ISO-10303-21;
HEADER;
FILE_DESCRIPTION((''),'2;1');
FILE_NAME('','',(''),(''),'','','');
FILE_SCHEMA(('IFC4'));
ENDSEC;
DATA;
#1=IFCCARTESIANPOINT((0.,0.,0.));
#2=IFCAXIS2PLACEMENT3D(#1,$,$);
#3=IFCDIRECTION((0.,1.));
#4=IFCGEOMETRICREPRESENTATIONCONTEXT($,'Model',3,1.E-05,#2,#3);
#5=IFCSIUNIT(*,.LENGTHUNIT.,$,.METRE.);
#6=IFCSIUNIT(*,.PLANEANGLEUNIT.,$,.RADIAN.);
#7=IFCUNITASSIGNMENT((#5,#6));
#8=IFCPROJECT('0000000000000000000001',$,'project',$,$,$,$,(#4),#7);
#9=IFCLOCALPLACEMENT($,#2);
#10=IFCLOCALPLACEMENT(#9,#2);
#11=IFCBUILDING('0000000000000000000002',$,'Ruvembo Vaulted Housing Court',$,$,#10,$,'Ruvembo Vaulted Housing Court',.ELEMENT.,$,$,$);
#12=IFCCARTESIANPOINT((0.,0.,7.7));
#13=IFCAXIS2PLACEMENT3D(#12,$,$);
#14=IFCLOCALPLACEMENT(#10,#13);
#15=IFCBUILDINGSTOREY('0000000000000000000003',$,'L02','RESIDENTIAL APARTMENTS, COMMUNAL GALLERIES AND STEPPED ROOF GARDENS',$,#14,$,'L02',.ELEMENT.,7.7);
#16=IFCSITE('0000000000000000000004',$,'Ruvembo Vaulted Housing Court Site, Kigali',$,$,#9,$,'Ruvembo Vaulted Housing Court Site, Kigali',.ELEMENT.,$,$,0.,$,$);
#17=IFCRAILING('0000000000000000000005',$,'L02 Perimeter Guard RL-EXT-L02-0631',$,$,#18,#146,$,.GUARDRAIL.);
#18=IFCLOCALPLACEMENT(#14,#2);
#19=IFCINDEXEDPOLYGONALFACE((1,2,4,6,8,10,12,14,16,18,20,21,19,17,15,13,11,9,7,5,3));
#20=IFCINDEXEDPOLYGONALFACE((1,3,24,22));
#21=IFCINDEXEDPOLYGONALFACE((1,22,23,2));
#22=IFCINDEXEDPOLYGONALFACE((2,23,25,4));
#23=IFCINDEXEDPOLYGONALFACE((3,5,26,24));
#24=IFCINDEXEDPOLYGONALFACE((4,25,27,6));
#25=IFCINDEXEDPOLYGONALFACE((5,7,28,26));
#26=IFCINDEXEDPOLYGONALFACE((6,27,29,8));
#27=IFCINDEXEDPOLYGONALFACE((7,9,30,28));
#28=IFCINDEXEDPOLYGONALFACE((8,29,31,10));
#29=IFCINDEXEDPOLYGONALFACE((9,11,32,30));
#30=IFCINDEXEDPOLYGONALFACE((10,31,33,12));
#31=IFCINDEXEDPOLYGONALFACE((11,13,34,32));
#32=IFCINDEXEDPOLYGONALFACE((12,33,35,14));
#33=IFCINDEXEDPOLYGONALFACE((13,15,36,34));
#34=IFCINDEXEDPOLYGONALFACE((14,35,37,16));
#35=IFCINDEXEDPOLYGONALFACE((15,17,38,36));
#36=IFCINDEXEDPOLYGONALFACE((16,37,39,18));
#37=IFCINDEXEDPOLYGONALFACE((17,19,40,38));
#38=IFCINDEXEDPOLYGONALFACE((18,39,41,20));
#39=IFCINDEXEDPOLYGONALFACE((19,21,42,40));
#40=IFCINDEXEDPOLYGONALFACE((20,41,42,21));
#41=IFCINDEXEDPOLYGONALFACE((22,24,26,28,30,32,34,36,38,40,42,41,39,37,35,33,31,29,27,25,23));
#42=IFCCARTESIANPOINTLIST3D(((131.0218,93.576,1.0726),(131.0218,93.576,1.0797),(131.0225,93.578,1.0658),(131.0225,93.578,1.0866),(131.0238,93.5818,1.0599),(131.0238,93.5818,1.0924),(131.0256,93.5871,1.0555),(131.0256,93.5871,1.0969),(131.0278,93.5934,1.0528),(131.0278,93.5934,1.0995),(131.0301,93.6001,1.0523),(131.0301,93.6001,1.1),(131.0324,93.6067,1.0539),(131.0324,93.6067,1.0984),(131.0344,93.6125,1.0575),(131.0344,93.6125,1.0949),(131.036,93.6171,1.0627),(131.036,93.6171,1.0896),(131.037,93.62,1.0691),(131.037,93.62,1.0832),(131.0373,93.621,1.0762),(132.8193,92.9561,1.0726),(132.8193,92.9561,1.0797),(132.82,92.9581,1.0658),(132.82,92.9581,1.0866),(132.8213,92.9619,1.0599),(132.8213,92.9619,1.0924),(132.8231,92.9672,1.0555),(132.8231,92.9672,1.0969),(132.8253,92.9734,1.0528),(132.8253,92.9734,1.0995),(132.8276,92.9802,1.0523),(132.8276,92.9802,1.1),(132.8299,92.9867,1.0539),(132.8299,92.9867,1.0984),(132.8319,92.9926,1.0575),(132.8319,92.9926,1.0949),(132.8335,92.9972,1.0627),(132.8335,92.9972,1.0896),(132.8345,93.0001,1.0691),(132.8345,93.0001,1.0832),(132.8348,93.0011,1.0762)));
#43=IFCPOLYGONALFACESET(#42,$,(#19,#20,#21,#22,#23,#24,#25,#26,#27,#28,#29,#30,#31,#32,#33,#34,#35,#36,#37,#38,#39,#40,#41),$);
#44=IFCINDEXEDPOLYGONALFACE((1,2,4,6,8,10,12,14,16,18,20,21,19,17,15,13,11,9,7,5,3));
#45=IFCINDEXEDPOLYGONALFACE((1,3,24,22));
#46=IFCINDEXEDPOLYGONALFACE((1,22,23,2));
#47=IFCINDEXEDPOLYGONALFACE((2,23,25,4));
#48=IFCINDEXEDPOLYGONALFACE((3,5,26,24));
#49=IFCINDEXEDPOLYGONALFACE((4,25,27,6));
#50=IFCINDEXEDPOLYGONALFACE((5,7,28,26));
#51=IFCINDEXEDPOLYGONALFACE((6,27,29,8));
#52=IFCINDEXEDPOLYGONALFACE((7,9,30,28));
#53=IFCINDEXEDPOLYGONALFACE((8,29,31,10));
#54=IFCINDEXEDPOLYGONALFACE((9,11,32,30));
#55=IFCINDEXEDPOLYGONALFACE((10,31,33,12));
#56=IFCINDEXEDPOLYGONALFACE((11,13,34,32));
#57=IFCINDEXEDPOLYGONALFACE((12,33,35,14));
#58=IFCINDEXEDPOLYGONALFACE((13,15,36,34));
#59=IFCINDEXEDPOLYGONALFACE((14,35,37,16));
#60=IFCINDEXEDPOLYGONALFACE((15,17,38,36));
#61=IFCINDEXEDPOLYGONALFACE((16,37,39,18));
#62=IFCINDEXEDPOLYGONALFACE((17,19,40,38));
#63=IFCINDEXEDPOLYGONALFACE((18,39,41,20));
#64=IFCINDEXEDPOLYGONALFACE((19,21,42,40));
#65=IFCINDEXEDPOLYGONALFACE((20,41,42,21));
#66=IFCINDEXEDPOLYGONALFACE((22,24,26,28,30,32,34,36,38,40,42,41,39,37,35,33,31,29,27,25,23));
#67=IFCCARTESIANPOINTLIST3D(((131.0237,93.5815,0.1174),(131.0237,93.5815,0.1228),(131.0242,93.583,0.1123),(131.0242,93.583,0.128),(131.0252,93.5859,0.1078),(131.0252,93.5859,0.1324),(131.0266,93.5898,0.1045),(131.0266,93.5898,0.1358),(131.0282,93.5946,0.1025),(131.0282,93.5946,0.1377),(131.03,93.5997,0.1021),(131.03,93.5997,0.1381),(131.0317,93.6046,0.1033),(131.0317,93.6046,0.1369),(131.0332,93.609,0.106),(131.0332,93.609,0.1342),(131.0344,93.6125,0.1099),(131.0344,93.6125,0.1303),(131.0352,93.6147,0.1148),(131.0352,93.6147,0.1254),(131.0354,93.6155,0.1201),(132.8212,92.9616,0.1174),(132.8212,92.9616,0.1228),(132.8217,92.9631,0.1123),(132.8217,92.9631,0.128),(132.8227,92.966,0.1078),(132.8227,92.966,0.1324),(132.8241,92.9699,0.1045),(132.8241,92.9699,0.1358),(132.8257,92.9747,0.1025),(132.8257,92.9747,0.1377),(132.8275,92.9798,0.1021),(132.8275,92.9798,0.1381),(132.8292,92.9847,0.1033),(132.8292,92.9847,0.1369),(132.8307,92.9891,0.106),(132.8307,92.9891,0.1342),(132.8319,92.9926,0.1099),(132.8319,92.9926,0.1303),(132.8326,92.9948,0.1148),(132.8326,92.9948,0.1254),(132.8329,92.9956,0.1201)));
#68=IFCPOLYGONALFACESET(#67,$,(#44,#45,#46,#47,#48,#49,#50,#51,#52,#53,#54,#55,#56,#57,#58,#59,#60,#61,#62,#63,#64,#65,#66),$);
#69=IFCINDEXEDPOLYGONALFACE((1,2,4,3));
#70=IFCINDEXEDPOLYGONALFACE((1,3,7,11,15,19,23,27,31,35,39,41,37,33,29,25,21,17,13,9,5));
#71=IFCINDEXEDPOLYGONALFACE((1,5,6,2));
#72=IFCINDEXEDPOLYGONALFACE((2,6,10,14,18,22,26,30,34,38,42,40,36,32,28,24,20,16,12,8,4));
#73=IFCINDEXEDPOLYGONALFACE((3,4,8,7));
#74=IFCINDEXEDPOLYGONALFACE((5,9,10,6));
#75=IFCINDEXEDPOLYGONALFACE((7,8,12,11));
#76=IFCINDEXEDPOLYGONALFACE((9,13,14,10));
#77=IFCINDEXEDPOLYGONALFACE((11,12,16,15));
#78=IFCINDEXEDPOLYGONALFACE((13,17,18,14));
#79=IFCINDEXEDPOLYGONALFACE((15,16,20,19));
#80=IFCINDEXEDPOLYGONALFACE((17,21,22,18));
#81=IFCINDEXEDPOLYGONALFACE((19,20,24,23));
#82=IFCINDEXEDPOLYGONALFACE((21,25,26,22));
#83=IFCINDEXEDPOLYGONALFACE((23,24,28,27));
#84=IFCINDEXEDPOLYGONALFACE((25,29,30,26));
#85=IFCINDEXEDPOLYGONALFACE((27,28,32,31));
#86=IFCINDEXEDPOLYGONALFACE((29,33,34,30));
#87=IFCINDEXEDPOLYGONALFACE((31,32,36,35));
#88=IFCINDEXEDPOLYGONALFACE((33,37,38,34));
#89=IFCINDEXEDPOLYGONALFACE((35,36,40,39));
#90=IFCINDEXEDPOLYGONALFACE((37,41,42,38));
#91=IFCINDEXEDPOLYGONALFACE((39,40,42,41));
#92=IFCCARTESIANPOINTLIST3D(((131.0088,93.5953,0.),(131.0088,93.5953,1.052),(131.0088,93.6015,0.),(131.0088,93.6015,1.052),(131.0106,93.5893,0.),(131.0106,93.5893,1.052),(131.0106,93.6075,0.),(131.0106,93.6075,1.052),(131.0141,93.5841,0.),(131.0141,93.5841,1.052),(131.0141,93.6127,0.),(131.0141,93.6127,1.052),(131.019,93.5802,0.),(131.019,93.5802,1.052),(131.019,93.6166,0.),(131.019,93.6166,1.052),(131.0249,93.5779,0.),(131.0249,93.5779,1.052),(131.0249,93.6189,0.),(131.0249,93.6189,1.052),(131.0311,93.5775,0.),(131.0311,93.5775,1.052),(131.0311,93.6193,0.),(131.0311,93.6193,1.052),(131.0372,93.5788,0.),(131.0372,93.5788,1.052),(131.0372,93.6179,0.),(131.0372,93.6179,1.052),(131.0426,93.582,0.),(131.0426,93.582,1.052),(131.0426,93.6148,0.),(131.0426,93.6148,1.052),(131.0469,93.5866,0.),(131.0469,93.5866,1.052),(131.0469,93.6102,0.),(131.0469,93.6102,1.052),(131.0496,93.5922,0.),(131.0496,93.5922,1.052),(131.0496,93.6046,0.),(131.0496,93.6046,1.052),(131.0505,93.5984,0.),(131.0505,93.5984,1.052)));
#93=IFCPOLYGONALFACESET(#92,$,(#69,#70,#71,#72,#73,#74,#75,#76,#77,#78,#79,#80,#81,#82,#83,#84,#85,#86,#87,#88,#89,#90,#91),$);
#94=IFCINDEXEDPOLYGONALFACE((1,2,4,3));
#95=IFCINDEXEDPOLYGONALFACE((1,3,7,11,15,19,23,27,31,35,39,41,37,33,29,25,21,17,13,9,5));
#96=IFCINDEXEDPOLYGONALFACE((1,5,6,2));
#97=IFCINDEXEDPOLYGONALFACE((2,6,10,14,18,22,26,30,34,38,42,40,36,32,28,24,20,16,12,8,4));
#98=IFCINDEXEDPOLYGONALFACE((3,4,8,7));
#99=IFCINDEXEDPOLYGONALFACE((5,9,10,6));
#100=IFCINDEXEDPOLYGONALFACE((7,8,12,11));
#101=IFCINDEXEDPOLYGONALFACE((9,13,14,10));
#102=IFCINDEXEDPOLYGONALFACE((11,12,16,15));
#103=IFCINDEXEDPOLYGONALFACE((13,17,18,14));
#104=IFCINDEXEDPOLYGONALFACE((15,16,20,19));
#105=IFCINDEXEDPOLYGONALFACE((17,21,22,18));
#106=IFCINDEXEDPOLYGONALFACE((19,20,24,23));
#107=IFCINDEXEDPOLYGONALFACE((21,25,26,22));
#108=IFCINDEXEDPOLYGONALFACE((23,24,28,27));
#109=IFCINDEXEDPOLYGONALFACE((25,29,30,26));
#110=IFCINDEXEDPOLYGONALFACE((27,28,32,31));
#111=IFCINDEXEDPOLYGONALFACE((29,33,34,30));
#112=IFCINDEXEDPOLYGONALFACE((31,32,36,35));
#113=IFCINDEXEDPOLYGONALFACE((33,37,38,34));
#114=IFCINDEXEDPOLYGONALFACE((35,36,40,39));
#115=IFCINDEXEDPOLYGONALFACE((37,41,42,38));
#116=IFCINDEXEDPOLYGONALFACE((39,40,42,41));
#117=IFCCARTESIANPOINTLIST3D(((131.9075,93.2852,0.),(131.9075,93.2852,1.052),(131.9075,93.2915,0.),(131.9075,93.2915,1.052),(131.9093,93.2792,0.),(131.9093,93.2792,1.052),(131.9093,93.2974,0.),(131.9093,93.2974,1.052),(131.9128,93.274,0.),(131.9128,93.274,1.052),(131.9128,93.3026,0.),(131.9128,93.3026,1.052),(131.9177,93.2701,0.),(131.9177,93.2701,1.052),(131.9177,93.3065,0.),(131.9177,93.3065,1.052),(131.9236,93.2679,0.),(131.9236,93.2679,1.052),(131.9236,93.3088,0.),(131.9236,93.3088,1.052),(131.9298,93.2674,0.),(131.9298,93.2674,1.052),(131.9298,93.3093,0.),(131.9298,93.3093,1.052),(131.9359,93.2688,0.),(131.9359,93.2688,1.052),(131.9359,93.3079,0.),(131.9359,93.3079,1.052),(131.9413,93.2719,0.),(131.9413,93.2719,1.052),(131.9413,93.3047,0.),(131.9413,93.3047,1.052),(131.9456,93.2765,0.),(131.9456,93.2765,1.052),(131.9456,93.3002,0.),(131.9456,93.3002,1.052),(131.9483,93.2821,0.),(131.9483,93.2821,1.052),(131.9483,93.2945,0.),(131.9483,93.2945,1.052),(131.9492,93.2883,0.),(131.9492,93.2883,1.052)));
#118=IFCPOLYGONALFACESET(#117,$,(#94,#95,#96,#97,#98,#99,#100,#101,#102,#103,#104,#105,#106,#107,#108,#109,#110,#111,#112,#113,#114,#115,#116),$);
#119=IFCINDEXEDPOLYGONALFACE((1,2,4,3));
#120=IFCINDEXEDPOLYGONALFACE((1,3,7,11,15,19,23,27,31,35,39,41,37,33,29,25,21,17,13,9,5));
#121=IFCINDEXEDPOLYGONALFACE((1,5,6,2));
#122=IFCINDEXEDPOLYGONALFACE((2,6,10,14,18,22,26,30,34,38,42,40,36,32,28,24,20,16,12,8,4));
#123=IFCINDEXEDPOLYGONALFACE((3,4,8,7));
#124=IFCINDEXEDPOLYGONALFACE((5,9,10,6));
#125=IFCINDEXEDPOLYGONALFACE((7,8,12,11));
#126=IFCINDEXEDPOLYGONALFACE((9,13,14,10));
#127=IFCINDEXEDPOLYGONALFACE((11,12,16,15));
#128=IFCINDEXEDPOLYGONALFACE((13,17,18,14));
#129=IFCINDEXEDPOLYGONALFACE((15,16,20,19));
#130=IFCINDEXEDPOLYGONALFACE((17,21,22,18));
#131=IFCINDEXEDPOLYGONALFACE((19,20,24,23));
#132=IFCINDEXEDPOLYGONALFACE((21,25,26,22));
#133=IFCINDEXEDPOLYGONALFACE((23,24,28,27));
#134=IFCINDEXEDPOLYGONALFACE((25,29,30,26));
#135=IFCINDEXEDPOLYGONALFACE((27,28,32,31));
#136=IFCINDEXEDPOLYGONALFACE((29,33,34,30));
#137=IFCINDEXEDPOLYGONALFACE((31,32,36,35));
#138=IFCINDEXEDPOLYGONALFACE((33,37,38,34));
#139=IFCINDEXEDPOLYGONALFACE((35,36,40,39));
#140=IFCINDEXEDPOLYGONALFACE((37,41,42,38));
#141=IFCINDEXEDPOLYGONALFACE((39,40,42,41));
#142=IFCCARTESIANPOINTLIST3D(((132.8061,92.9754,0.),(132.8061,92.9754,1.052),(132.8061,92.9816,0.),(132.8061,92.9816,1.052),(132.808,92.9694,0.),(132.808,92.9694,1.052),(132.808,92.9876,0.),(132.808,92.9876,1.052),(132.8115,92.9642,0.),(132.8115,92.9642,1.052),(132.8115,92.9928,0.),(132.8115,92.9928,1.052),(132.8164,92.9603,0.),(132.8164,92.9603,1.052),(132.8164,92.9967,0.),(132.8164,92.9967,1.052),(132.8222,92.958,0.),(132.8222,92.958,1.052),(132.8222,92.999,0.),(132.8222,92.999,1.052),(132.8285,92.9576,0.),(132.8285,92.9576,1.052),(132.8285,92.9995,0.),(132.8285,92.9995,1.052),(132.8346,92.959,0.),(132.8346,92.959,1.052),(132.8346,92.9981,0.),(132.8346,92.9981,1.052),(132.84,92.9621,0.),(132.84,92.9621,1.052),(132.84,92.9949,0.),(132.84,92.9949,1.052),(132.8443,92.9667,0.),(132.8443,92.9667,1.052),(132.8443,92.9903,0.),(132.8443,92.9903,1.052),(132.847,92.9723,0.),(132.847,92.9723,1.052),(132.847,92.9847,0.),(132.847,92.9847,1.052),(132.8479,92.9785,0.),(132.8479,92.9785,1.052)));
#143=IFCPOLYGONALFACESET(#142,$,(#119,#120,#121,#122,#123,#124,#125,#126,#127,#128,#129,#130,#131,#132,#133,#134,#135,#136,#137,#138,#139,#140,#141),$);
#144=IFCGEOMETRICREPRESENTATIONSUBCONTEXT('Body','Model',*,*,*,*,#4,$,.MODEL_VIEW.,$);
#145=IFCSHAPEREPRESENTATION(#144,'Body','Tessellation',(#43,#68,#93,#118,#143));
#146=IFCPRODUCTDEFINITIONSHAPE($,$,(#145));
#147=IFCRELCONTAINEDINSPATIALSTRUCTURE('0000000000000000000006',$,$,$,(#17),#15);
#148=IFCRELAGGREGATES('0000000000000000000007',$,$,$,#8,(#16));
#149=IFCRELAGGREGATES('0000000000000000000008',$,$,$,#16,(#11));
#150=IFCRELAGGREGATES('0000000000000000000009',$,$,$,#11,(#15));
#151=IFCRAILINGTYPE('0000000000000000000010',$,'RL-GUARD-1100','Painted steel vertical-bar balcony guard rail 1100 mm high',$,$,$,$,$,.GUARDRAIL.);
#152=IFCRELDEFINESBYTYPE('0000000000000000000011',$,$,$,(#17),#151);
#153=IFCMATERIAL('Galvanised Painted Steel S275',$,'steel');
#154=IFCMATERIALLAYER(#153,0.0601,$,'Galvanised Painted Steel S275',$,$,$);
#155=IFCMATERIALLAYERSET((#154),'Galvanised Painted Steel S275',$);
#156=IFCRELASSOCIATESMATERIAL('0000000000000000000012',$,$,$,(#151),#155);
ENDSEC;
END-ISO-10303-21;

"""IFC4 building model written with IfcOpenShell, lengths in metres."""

from ifc_helpers import new_model, si_unit, direction, frame, origin, origin_2d, place, context, subcontext, project, spatial, circle, extrude, material, layer, layer_set, type_object, element, save


model = new_model("IFC4")

# Units and contexts
model_context = context("Model", 3, precision=1e-05, world=origin(), true_north=direction((0.0, 1.0)))
body_context = subcontext(model_context, "Body", "Model", "MODEL_VIEW")
ifc_project = project(units=[si_unit("LENGTHUNIT", "METRE"), si_unit("PLANEANGLEUNIT", "RADIAN")], contexts=[model_context])

# Site, building, storey
site_placement = place(None, origin())
site = spatial("IfcSite", under=ifc_project, at=site_placement, Name="Ruvembo Vaulted Housing Court Site, Kigali", LongName="Ruvembo Vaulted Housing Court Site, Kigali", CompositionType="ELEMENT", RefElevation=0.0)
building_placement = place(site_placement, origin())
building = spatial("IfcBuilding", under=site, at=building_placement, Name="Ruvembo Vaulted Housing Court", LongName="Ruvembo Vaulted Housing Court", CompositionType="ELEMENT")
storey_placement = place(building_placement, frame((0.0, 0.0, 7.7)))
storey = spatial("IfcBuildingStorey", under=building, at=storey_placement, Name="L02", Description="RESIDENTIAL APARTMENTS, COMMUNAL GALLERIES AND STEPPED ROOF GARDENS", LongName="L02", CompositionType="ELEMENT", Elevation=7.7)

# Railing
ifc_material_1 = material(Name="Galvanised Painted Steel S275", Category="steel")
ifc_layer = layer(ifc_material_1, 0.0601, Name="Galvanised Painted Steel S275")
ifc_layer_set = layer_set([ifc_layer], Name="Galvanised Painted Steel S275")
railing_type = type_object("IfcRailingType", Name="RL-GUARD-1100", Description="Painted steel vertical-bar balcony guard rail 1100 mm high", PredefinedType="GUARDRAIL", material=ifc_layer_set)
railing_1_placement = place(storey_placement, frame((131.0295, 93.5984, 0.0)))
element("IfcRailing", 1, at=railing_1_placement, inside=storey, type_object=railing_type, Name="L02 Perimeter Guard RL-EXT-L02-0631", PredefinedType="GUARDRAIL", context=body_context, shape_type="SweptSolid", body=[
    extrude(circle(Radius=0.0239, at=origin_2d()), frame((0.0, 0.0, 1.0762), z_axis=(0.945358, -0.326034, 0.0), x_axis=(0.326034, 0.945358, 0.0)), (0.0, 0.0, 1.0), 1.9014),
    extrude(circle(Radius=0.0181, at=origin_2d()), frame((0.0, 0.0, 0.1201), z_axis=(0.945358, -0.326034, 0.0), x_axis=(0.326034, 0.945358, 0.0)), (0.0, 0.0, 1.0), 1.9014),
    extrude(circle(Radius=0.021, at=origin_2d()), origin(), (0.0, 0.0, 1.0), 1.052),
    extrude(circle(Radius=0.021, at=origin_2d()), frame((0.8987, -0.3101, 0.0)), (0.0, 0.0, 1.0), 1.052),
    extrude(circle(Radius=0.021, at=origin_2d()), frame((1.7974, -0.6199, 0.0)), (0.0, 0.0, 1.0), 1.052),
])

save(model, "model.ifc")
